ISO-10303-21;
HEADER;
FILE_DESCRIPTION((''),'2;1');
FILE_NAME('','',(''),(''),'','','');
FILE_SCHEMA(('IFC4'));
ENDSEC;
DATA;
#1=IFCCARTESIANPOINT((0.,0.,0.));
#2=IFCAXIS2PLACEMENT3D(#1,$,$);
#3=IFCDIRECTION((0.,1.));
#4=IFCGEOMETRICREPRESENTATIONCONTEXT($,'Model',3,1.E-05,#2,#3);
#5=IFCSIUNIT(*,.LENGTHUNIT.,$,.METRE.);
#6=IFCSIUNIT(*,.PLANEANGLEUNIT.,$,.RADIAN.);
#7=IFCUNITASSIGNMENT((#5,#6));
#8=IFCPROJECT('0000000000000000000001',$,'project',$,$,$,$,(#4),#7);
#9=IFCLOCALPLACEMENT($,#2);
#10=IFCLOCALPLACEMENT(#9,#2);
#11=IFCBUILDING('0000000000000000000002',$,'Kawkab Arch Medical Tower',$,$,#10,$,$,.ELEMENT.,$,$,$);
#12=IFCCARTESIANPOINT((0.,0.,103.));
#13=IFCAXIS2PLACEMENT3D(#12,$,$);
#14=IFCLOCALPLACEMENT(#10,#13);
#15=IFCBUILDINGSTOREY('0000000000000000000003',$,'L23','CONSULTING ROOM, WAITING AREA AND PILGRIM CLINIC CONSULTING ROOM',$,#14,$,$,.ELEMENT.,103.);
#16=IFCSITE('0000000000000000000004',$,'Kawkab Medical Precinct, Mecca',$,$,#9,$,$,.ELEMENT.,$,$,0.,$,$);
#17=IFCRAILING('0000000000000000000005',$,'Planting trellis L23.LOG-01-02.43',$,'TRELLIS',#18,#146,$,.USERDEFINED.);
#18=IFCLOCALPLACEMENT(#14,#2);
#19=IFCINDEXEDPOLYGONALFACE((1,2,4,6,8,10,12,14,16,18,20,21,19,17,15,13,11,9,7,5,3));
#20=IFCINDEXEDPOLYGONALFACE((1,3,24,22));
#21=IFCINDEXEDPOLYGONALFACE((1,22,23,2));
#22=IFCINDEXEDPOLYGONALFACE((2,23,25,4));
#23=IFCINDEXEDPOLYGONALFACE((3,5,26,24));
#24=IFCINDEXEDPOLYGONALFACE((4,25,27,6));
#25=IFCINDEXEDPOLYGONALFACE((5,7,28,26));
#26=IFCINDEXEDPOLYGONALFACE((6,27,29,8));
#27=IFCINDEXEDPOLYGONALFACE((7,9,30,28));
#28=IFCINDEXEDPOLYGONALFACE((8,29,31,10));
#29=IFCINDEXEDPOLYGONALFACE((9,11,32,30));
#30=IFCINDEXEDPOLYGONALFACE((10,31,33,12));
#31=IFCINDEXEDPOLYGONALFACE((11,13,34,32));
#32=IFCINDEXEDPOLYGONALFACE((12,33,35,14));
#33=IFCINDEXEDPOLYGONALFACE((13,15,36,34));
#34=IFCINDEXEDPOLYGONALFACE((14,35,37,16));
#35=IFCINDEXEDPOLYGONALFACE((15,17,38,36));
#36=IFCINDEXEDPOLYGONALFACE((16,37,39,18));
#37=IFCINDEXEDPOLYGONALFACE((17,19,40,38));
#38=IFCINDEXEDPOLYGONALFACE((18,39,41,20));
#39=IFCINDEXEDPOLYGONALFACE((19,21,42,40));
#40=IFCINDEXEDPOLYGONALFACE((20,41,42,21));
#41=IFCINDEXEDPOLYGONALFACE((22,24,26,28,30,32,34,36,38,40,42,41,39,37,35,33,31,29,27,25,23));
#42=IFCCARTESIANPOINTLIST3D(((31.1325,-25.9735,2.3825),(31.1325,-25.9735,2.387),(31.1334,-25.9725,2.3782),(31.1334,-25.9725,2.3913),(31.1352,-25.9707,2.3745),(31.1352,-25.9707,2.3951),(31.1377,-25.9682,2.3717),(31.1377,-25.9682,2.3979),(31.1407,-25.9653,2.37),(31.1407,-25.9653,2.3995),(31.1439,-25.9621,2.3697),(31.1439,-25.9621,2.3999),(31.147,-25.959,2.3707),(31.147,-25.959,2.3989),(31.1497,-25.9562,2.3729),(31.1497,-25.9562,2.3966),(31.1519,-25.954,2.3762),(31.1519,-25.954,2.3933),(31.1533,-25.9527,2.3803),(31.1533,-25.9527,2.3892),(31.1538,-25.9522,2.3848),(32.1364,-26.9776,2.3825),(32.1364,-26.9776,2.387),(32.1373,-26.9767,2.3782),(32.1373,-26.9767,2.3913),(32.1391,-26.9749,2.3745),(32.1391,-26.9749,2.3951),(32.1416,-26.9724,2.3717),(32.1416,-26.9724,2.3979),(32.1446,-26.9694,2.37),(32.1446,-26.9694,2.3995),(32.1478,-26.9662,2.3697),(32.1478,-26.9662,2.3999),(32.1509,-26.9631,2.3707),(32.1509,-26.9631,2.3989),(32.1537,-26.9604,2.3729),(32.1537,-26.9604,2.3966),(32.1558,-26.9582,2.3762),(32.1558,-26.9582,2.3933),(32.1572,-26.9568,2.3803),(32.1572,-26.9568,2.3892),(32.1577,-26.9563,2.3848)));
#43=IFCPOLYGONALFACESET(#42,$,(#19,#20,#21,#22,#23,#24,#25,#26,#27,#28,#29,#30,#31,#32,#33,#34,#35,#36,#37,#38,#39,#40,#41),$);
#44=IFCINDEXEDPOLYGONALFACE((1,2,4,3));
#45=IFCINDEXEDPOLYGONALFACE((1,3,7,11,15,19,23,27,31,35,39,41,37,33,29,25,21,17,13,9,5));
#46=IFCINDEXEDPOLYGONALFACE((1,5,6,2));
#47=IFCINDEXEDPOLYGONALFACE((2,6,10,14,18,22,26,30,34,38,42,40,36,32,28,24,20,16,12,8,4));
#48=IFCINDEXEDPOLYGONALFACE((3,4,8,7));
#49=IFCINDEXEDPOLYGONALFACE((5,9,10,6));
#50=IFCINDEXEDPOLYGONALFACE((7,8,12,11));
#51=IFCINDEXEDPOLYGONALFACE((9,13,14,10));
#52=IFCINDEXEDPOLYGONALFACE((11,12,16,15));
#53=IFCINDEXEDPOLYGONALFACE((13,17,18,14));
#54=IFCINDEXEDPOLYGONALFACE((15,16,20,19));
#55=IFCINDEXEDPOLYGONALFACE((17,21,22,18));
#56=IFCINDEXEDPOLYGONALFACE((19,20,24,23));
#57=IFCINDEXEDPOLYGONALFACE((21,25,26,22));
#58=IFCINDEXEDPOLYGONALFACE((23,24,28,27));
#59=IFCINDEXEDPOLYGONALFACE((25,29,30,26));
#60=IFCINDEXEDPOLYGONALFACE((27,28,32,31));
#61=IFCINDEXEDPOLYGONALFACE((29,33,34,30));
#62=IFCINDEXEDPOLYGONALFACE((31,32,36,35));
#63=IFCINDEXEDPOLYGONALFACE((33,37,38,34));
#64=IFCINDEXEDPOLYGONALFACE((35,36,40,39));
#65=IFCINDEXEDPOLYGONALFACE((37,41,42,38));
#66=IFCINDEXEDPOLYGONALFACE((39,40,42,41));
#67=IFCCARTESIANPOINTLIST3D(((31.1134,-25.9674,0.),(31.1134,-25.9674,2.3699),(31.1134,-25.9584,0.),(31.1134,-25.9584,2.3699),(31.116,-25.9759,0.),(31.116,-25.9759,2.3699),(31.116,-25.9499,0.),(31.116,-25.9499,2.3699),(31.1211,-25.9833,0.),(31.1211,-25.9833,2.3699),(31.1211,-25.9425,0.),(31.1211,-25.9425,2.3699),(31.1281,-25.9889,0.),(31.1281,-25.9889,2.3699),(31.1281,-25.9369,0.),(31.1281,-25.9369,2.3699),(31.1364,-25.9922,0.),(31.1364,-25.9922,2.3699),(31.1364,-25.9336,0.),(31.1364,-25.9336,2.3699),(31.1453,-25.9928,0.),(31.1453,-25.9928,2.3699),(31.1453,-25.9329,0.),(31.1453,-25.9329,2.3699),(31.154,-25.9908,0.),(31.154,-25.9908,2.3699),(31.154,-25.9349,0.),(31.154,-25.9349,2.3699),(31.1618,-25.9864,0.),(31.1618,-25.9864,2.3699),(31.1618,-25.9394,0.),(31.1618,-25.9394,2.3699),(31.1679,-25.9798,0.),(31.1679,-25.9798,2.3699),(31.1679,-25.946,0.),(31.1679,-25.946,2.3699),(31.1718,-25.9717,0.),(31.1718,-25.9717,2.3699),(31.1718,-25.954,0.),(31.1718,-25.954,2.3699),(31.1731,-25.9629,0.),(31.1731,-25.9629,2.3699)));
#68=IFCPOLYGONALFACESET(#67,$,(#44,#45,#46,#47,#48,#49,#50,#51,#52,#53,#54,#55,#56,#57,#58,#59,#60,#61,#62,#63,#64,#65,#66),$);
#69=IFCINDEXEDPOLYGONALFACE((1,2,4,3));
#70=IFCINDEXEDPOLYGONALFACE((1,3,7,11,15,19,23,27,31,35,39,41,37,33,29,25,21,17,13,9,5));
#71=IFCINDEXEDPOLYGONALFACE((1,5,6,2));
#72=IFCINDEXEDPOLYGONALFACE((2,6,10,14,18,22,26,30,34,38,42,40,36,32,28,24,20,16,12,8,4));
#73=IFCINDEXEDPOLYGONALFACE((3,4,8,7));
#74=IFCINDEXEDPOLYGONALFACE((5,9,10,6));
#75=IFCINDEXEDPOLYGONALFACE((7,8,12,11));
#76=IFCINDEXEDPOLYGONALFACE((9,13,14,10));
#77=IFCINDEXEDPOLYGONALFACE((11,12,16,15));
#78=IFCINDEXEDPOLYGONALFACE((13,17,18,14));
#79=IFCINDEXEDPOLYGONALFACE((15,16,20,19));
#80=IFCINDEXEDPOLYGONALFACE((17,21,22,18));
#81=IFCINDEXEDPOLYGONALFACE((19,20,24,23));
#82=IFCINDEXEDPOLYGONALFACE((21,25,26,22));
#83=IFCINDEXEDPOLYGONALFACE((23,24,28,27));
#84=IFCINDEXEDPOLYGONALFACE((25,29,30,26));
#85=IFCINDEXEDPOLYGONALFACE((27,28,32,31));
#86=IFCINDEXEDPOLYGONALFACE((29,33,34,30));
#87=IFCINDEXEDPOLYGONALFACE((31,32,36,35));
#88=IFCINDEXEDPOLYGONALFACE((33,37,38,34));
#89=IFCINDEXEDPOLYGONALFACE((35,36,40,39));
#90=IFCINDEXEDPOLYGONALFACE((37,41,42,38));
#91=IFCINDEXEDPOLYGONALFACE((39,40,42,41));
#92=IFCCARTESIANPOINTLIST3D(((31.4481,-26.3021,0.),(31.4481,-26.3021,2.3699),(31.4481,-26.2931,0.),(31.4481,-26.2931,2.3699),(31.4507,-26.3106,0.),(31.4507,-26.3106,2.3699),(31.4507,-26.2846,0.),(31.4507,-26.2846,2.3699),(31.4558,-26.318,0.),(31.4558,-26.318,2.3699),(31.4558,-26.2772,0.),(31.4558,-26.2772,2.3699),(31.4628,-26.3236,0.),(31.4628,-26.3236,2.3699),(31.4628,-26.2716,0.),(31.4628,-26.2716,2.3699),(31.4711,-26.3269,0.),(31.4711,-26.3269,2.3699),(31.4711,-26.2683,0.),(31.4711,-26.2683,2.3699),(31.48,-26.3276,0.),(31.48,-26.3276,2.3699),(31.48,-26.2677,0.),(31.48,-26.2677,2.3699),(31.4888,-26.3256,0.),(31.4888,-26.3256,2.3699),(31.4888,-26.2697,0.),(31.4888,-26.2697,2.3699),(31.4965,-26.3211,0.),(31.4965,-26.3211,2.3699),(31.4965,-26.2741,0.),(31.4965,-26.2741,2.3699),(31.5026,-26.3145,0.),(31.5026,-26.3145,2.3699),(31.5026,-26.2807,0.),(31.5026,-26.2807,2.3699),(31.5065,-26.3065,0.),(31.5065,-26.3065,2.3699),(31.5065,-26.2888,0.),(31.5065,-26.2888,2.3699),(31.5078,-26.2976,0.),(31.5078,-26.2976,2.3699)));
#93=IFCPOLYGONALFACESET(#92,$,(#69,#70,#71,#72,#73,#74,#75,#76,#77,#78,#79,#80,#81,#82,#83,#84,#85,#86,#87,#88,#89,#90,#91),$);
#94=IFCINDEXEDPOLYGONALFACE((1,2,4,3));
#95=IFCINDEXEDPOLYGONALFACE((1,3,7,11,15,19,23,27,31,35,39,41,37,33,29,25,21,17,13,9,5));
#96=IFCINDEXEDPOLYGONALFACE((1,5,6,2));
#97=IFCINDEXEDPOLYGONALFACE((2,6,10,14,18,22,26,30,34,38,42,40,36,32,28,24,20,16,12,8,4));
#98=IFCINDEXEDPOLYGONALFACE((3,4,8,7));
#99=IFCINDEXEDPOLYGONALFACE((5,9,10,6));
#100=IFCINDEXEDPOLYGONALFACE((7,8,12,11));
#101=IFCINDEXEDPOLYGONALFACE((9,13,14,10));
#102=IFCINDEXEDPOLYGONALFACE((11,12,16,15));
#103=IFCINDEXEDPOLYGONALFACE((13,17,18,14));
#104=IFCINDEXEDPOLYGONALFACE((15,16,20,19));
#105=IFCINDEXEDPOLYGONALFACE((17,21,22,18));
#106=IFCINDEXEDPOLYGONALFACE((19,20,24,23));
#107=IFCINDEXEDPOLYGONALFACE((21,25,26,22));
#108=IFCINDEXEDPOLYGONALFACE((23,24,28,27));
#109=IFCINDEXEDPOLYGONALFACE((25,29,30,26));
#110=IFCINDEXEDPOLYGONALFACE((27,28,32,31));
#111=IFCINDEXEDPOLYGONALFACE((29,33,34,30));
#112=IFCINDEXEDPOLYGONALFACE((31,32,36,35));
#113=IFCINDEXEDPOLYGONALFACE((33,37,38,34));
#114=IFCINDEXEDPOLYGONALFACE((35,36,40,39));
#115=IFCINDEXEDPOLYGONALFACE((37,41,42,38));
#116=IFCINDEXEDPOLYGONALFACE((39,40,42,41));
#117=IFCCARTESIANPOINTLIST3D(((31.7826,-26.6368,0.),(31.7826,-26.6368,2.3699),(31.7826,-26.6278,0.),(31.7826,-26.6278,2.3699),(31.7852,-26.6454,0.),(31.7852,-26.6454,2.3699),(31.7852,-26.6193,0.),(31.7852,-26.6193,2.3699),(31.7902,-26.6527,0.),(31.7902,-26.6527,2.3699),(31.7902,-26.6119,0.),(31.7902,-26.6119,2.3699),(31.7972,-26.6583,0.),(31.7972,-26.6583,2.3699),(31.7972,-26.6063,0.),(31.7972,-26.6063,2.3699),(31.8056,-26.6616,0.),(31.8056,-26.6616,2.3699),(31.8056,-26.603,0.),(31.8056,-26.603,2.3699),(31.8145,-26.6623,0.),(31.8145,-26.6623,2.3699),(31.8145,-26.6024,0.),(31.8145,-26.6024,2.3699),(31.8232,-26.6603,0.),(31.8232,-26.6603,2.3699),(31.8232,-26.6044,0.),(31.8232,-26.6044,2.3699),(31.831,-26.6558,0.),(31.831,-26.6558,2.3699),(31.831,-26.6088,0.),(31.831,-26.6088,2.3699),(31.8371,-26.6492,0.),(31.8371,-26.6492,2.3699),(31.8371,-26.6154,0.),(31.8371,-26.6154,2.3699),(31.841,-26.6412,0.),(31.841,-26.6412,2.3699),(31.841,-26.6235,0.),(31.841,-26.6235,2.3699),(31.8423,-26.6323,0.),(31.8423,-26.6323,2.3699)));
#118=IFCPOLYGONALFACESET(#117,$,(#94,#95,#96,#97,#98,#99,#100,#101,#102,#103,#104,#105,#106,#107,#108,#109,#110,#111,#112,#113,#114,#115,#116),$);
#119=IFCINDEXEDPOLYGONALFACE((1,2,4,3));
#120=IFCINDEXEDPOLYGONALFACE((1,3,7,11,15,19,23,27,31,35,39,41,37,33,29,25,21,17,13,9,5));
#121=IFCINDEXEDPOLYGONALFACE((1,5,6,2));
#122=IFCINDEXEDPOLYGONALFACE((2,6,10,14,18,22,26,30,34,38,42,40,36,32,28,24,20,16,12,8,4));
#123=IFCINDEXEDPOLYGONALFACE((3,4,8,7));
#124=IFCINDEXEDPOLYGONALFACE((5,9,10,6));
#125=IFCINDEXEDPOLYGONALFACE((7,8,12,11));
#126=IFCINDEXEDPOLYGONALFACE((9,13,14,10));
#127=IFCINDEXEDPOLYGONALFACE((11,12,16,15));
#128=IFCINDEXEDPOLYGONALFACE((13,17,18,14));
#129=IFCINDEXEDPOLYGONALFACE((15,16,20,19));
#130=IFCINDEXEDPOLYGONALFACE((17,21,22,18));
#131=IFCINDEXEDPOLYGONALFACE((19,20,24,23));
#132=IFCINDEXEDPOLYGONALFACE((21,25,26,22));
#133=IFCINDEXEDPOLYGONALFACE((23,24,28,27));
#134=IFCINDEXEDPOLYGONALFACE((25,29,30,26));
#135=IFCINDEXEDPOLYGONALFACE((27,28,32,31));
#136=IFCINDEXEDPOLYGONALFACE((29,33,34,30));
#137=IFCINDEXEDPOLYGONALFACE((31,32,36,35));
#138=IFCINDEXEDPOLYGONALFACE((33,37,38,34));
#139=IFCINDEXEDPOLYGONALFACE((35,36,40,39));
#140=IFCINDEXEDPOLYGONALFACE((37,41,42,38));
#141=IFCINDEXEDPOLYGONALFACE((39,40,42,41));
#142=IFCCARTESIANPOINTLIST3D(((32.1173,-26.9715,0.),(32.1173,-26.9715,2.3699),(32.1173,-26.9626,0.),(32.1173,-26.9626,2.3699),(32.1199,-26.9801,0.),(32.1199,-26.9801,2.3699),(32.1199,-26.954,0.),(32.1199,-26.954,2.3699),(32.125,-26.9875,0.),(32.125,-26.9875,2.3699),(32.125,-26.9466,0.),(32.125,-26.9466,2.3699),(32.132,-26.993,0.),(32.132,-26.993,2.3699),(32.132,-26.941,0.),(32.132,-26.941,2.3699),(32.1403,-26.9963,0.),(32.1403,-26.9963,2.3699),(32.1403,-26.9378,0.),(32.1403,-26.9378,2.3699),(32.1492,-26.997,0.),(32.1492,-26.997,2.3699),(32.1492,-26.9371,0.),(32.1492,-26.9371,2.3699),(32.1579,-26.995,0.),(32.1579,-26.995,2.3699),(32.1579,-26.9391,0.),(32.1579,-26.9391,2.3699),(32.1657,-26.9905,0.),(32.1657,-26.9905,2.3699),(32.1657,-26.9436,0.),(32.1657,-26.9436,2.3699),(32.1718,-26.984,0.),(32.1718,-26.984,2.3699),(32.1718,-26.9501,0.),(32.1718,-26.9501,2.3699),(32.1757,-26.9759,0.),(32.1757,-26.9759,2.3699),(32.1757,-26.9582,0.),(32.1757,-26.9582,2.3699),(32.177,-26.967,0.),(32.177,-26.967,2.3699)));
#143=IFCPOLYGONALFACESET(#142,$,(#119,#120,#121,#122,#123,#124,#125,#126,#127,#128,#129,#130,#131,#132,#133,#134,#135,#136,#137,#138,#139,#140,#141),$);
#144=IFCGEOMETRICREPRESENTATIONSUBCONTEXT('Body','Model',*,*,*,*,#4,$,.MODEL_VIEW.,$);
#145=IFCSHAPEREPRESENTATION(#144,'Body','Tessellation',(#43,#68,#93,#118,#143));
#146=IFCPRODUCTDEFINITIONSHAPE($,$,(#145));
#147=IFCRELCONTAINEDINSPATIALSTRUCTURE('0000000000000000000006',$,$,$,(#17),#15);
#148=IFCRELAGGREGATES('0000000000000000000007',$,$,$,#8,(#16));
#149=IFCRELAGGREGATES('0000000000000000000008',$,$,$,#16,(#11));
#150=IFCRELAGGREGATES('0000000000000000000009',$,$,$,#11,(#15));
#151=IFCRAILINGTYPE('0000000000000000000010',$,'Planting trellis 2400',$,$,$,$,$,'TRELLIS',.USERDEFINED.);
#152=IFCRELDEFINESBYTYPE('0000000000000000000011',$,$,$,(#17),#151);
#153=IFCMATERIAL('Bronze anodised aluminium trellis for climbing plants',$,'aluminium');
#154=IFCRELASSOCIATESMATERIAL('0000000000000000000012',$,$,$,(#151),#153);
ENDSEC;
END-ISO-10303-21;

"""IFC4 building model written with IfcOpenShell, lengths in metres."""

from ifc_helpers import new_model, si_unit, direction, frame, origin, origin_2d, place, context, subcontext, project, spatial, circle, extrude, material, type_object, element, save


model = new_model("IFC4")

# Units and contexts
model_context = context("Model", 3, precision=1e-05, world=origin(), true_north=direction((0.0, 1.0)))
body_context = subcontext(model_context, "Body", "Model", "MODEL_VIEW")
ifc_project = project(units=[si_unit("LENGTHUNIT", "METRE"), si_unit("PLANEANGLEUNIT", "RADIAN")], contexts=[model_context])

# Site, building, storey
site_placement = place(None, origin())
site = spatial("IfcSite", under=ifc_project, at=site_placement, Name="Kawkab Medical Precinct, Mecca", CompositionType="ELEMENT", RefElevation=0.0)
building_placement = place(site_placement, origin())
building = spatial("IfcBuilding", under=site, at=building_placement, Name="Kawkab Arch Medical Tower", CompositionType="ELEMENT")
storey_placement = place(building_placement, frame((0.0, 0.0, 103.0)))
storey = spatial("IfcBuildingStorey", under=building, at=storey_placement, Name="L23", Description="CONSULTING ROOM, WAITING AREA AND PILGRIM CLINIC CONSULTING ROOM", CompositionType="ELEMENT", Elevation=103.0)

# Railing
ifc_material_1 = material(Name="Bronze anodised aluminium trellis for climbing plants", Category="aluminium")
railing_type = type_object("IfcRailingType", Name="Planting trellis 2400", ElementType="TRELLIS", PredefinedType="USERDEFINED", material=ifc_material_1)
railing_1_placement = place(storey_placement, frame((31.1431, -25.9629, 0.0)))
element("IfcRailing", 1, at=railing_1_placement, inside=storey, type_object=railing_type, Name="Planting trellis L23.LOG-01-02.43", ObjectType="TRELLIS", PredefinedType="USERDEFINED", context=body_context, shape_type="SweptSolid", body=[
    extrude(circle(Radius=0.0151, at=origin_2d()), frame((0.0, 0.0, 2.3848), z_axis=(0.707021, -0.707193, 0.0), x_axis=(0.707193, 0.707021, 0.0)), (0.0, 0.0, 1.0), 1.4199),
    extrude(circle(Radius=0.03, at=origin_2d()), origin(), (0.0, 0.0, 1.0), 2.3699),
    extrude(circle(Radius=0.03, at=origin_2d()), frame((0.3347, -0.3347, 0.0)), (0.0, 0.0, 1.0), 2.3699),
    extrude(circle(Radius=0.03, at=origin_2d()), frame((0.6692, -0.6694, 0.0)), (0.0, 0.0, 1.0), 2.3699),
    extrude(circle(Radius=0.03, at=origin_2d()), frame((1.0039, -1.0042, 0.0)), (0.0, 0.0, 1.0), 2.3699),
])

save(model, "model.ifc")
